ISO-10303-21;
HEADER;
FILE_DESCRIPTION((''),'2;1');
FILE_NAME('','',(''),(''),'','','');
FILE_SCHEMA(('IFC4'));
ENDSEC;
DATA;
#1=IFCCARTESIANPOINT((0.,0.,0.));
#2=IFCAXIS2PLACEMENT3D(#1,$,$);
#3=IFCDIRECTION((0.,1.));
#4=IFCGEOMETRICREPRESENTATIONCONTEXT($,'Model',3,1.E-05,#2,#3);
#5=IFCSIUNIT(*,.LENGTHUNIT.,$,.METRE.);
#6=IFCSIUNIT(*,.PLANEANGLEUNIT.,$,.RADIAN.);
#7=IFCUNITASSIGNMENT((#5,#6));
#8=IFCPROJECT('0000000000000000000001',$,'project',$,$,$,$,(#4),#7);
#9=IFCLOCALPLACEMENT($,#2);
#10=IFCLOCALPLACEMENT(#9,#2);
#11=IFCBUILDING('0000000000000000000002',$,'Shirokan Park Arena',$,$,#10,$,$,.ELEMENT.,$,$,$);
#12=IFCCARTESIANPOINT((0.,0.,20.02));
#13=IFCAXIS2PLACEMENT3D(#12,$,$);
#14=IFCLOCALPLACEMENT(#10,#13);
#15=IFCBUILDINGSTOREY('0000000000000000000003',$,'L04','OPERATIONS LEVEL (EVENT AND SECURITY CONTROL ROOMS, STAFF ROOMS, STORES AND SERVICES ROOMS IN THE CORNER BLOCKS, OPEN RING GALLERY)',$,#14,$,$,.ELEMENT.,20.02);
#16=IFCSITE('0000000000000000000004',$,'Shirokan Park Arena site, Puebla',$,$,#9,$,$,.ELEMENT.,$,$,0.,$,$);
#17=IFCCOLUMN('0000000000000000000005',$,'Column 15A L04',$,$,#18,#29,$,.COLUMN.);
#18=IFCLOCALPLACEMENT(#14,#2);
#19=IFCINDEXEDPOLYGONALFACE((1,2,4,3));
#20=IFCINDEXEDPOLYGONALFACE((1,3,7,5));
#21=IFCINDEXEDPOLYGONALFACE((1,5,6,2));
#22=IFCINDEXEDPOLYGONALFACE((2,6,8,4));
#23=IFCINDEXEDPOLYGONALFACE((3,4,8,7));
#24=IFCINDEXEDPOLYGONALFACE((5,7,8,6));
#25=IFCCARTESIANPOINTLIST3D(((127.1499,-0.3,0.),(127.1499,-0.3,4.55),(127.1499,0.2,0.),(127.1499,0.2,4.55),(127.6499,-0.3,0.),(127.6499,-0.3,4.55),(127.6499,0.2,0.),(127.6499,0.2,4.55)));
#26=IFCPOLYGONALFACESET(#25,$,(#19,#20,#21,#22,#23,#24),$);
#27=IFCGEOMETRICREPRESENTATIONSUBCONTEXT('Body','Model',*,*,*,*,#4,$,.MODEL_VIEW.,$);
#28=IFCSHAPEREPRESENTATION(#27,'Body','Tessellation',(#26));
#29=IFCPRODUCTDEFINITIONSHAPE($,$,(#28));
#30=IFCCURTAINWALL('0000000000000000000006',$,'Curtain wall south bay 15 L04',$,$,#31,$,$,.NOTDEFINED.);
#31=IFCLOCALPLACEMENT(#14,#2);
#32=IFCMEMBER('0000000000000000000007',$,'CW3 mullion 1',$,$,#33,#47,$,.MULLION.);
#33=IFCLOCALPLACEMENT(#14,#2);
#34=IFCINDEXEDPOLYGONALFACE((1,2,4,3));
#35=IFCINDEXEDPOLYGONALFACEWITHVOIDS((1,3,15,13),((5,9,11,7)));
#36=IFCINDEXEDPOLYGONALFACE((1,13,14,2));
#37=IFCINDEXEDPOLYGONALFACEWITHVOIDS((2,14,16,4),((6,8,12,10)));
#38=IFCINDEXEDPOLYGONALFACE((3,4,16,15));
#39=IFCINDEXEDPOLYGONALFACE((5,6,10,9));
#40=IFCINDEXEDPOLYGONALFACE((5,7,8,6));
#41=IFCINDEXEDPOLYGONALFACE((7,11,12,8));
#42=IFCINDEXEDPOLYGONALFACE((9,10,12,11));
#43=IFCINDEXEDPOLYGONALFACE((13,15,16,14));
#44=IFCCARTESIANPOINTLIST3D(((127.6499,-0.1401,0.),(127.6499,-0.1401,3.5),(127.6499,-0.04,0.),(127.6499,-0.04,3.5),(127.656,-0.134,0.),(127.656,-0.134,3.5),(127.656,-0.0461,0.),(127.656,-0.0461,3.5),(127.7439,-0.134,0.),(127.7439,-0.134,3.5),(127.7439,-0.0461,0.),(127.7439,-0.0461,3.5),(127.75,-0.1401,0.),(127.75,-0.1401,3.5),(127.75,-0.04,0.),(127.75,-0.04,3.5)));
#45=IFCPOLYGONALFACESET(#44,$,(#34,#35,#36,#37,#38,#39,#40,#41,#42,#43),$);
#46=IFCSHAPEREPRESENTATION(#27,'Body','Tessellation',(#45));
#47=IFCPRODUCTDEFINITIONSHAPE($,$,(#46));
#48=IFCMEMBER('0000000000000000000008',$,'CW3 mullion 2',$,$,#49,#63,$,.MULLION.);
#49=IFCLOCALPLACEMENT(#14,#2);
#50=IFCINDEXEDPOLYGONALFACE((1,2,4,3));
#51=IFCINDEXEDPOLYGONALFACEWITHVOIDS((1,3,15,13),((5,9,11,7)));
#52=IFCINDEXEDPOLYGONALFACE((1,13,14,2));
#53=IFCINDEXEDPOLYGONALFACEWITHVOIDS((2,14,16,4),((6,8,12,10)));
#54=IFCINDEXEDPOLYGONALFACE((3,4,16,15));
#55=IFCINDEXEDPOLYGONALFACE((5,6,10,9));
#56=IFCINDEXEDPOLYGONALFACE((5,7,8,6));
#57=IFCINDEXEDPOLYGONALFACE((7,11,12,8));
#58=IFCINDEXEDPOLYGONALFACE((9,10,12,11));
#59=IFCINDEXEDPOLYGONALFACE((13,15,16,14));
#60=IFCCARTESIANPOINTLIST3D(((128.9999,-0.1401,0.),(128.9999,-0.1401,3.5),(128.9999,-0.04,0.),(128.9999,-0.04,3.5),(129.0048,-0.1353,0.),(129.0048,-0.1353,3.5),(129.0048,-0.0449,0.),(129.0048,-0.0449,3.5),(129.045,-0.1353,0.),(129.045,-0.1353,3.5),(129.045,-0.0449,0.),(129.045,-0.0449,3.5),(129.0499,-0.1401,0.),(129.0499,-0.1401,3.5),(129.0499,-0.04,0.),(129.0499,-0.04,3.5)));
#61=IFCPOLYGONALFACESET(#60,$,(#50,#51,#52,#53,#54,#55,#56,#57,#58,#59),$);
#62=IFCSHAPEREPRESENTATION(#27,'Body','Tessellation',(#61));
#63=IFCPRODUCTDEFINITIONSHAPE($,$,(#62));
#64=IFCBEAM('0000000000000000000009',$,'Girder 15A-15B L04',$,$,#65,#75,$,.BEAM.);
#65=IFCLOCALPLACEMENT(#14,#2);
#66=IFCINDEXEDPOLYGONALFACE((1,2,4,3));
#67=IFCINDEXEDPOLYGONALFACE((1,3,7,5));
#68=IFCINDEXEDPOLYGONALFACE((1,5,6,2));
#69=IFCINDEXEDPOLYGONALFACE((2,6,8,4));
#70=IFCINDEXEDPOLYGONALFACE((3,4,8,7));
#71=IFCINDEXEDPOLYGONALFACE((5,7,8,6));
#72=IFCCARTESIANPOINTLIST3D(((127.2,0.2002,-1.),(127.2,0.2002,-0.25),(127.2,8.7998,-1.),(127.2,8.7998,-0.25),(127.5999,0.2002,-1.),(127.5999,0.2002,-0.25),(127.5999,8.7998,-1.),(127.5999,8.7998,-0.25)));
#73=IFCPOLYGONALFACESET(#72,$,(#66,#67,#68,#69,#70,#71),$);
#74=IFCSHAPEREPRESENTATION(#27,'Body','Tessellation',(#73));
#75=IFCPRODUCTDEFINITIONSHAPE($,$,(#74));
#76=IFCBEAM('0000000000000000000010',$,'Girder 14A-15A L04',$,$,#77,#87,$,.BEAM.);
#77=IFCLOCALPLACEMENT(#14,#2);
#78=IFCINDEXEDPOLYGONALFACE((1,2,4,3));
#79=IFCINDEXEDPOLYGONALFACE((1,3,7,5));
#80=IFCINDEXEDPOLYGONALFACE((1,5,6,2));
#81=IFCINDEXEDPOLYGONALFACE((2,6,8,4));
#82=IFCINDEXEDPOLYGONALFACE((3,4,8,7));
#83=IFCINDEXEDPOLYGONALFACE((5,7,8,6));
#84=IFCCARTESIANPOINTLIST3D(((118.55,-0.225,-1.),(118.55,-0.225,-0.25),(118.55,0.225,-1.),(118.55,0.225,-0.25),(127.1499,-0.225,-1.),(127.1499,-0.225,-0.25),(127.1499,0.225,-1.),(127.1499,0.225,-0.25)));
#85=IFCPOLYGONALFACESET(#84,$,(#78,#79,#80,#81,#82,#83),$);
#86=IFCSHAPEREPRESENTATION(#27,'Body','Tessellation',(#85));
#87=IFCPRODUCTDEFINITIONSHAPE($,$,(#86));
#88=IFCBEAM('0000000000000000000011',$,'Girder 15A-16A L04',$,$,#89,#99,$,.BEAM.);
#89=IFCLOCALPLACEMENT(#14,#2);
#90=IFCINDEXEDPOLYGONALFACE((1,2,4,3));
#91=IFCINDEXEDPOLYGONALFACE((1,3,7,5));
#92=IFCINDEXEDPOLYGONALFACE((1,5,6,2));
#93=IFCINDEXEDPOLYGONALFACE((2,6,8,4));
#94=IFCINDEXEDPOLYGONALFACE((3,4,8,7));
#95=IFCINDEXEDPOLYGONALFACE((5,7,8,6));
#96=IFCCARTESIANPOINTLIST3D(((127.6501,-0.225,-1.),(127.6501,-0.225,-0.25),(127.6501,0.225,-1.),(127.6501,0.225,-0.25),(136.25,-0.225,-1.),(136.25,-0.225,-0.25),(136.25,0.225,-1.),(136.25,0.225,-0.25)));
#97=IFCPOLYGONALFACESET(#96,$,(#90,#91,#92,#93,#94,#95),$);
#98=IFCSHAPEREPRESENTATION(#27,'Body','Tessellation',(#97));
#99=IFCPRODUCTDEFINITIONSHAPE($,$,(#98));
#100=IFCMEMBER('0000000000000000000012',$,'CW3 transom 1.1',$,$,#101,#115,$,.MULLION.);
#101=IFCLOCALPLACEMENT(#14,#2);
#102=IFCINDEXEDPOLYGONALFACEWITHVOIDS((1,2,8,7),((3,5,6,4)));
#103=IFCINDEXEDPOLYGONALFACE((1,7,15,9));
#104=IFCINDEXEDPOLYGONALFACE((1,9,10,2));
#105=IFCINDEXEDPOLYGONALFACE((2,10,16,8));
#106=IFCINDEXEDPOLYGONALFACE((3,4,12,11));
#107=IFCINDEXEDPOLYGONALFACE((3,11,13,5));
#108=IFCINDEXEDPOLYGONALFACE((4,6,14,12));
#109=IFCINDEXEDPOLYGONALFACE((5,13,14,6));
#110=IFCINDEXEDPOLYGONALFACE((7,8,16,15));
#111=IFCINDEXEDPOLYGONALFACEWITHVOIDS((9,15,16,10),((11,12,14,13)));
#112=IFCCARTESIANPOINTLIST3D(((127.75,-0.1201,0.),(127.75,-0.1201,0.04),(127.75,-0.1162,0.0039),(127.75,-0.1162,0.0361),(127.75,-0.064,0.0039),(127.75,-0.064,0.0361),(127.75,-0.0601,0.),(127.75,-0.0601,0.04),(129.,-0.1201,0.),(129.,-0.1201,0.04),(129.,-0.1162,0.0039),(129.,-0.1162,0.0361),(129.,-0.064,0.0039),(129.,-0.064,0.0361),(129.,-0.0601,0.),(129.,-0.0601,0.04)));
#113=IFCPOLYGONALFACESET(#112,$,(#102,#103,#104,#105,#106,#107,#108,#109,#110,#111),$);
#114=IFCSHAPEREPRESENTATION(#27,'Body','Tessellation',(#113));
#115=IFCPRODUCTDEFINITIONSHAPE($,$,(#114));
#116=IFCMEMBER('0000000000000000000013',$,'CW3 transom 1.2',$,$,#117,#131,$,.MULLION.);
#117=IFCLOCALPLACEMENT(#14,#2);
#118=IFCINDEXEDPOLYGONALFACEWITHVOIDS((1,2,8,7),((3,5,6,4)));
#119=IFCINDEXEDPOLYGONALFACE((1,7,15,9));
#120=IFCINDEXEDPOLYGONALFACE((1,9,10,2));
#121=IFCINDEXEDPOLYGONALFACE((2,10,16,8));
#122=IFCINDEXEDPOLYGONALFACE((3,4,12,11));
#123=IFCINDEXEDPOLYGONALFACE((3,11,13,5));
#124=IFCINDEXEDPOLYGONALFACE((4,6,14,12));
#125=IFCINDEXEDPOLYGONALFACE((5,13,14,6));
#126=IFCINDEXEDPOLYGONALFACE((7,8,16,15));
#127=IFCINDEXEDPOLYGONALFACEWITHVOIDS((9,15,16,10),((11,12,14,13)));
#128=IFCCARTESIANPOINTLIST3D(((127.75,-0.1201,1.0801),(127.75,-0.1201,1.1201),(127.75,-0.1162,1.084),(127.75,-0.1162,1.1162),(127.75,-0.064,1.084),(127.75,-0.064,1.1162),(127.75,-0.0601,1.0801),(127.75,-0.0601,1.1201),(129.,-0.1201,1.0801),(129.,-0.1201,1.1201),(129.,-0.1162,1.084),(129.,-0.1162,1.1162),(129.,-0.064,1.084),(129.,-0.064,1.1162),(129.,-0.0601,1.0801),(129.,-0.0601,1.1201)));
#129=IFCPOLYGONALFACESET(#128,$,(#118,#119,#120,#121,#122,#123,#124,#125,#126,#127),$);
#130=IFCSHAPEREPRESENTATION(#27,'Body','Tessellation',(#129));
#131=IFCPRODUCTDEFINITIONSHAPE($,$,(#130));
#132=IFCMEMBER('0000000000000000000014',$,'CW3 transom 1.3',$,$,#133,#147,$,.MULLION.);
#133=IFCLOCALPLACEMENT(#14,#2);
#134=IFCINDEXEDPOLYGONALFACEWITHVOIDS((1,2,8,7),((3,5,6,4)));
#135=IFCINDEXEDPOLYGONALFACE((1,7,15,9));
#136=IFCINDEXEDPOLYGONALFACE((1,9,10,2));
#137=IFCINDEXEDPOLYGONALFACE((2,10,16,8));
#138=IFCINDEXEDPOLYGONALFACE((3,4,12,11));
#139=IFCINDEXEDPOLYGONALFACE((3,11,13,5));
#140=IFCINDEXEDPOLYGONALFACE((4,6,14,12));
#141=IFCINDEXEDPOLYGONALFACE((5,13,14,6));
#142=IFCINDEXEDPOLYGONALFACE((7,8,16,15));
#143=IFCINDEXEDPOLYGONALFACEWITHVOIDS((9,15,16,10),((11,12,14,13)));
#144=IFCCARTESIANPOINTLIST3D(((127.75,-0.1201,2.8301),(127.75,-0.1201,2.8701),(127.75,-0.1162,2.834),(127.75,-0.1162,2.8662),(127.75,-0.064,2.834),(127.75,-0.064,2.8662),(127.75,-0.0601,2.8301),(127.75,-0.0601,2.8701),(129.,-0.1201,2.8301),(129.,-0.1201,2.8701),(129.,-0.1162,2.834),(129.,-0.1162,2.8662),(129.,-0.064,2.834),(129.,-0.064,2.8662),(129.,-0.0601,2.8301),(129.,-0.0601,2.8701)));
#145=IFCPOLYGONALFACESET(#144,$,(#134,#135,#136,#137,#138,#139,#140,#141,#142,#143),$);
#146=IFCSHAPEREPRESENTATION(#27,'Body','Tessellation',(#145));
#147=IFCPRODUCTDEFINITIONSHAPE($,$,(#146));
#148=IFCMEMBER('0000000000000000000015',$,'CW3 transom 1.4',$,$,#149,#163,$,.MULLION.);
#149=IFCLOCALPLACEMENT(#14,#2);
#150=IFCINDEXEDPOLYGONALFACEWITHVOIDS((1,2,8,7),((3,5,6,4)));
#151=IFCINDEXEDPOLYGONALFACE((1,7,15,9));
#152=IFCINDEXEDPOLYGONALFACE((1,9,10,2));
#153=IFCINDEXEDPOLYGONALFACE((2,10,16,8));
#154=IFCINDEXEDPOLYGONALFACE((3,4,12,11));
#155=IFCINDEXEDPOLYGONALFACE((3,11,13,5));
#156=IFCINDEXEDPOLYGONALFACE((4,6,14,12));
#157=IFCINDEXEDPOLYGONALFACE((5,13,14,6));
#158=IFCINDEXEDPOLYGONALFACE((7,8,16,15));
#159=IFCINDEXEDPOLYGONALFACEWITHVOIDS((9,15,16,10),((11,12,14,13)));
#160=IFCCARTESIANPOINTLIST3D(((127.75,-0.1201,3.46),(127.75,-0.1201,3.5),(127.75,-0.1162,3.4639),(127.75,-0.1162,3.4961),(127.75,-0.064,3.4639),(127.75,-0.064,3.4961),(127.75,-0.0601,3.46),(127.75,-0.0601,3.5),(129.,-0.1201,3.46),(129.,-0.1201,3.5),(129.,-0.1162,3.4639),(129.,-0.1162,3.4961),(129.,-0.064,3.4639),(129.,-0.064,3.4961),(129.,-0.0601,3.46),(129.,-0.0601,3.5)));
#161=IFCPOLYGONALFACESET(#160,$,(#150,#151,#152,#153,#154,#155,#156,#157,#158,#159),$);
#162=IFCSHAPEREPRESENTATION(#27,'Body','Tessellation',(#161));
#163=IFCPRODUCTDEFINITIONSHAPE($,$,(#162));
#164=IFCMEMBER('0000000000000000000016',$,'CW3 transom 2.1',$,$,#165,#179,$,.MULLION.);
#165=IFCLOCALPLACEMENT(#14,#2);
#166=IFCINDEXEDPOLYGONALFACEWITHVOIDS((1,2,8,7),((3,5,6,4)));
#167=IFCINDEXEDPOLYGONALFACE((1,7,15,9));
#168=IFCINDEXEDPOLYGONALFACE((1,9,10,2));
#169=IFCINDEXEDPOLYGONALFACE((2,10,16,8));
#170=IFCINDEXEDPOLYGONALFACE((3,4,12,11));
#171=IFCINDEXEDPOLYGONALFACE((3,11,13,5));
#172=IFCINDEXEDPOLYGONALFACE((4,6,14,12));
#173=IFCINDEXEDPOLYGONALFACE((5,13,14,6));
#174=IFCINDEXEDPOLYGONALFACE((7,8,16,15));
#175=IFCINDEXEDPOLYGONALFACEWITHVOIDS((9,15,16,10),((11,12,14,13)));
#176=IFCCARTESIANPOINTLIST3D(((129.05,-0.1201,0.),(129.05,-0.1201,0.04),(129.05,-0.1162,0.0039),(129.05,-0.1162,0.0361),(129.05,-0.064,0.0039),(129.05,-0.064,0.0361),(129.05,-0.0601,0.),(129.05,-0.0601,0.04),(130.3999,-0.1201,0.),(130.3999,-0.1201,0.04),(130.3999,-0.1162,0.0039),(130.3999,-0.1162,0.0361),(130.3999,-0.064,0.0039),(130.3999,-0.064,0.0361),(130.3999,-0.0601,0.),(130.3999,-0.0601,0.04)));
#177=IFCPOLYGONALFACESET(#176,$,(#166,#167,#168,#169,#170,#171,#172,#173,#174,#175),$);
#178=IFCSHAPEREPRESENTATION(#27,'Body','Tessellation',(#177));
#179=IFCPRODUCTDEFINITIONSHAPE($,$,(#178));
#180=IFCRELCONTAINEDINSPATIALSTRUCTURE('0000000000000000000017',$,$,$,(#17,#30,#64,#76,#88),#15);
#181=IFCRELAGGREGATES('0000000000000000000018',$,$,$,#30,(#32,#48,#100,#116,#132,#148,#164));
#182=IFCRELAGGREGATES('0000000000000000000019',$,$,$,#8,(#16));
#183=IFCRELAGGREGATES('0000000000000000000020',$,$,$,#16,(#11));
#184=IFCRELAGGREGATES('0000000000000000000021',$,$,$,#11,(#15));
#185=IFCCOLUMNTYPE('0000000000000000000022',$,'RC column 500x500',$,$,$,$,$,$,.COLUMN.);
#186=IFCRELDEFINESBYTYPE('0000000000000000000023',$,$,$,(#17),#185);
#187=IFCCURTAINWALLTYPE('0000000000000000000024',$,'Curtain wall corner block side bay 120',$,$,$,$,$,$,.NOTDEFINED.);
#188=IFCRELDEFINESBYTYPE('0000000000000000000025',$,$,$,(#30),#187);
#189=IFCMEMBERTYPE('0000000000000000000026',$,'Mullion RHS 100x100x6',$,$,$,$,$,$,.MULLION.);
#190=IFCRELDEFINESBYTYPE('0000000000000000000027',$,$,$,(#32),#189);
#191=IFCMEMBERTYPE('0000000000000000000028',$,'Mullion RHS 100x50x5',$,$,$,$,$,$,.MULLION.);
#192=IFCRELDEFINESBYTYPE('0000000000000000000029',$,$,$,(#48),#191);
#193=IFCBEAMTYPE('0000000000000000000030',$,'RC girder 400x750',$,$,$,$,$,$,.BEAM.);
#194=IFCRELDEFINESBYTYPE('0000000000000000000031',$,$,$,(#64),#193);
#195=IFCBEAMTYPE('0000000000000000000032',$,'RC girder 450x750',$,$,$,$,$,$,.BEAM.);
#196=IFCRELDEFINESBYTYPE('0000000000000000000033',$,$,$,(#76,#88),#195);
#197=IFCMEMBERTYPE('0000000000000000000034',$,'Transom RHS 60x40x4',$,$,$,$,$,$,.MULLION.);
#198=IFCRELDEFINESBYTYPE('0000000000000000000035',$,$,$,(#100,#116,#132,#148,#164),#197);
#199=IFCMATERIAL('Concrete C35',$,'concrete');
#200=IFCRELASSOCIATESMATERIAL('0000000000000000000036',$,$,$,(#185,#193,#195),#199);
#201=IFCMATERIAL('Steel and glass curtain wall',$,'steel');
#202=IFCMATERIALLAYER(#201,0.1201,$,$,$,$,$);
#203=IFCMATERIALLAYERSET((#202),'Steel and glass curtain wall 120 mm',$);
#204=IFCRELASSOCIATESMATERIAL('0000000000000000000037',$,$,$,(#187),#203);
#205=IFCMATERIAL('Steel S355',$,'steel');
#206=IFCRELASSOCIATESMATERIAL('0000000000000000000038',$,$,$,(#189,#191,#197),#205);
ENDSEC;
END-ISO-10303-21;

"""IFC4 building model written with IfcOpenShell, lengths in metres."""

from ifc_helpers import new_model, si_unit, direction, frame, origin, origin_2d, place, context, subcontext, project, spatial, rectangle, hollow_rectangle, extrude, material, layer, layer_set, material_profile, profile_set, type_object, element, aggregate, save


model = new_model("IFC4")

# Units and contexts
model_context = context("Model", 3, precision=1e-05, world=origin(), true_north=direction((0.0, 1.0)))
body_context = subcontext(model_context, "Body", "Model", "MODEL_VIEW")
ifc_project = project(units=[si_unit("LENGTHUNIT", "METRE"), si_unit("PLANEANGLEUNIT", "RADIAN")], contexts=[model_context])

# Site, building, storey
site_placement = place(None, origin())
site = spatial("IfcSite", under=ifc_project, at=site_placement, Name="Shirokan Park Arena site, Puebla", CompositionType="ELEMENT", RefElevation=0.0)
building_placement = place(site_placement, origin())
building = spatial("IfcBuilding", under=site, at=building_placement, Name="Shirokan Park Arena", CompositionType="ELEMENT")
storey_placement = place(building_placement, frame((0.0, 0.0, 20.02)))
storey = spatial("IfcBuildingStorey", under=building, at=storey_placement, Name="L04", Description="OPERATIONS LEVEL (EVENT AND SECURITY CONTROL ROOMS, STAFF ROOMS, STORES AND SERVICES ROOMS IN THE CORNER BLOCKS, OPEN RING GALLERY)", CompositionType="ELEMENT", Elevation=20.02)

# Column
ifc_material_1 = material(Name="Concrete C35", Category="concrete")
ifc_material_profile_1 = material_profile(ifc_material_1, rectangle(XDim=0.5, YDim=0.5, at=origin_2d()), Name="500x500")
ifc_profile_set_1 = profile_set([ifc_material_profile_1], Name="Concrete C35")
column_type = type_object("IfcColumnType", Name="RC column 500x500", PredefinedType="COLUMN", material=ifc_profile_set_1)
column_placement = place(storey_placement, frame((127.3999, -0.05, 0.0), z_axis=(0.0, 0.0, 1.0), x_axis=(1.0, 0.0, 0.0)))
element("IfcColumn", 1, at=column_placement, inside=storey, type_object=column_type, Name="Column 15A L04", PredefinedType="COLUMN", context=body_context, shape_type="SweptSolid", body=[
    extrude(rectangle(XDim=0.5, YDim=0.5, at=origin_2d()), origin(), (0.0, 0.0, 1.0), 4.55),
])

# Curtain wall, members
ifc_material_2 = material(Name="Steel and glass curtain wall", Category="steel")
ifc_layer_1 = layer(ifc_material_2, 0.1201)
ifc_layer_set_1 = layer_set([ifc_layer_1], Name="Steel and glass curtain wall 120 mm")
curtain_wall_type = type_object("IfcCurtainWallType", Name="Curtain wall corner block side bay 120", PredefinedType="NOTDEFINED", material=ifc_layer_set_1)
curtain_wall_placement = place(storey_placement, origin())
curtain_wall = element("IfcCurtainWall", 2, at=curtain_wall_placement, inside=storey, type_object=curtain_wall_type, Name="Curtain wall south bay 15 L04", PredefinedType="NOTDEFINED")
ifc_material_3 = material(Name="Steel S355", Category="steel")
ifc_material_profile_2 = material_profile(ifc_material_3, hollow_rectangle(XDim=0.1001, YDim=0.1001, WallThickness=0.0061, at=origin_2d()), Name="RHS 100x100x6")
ifc_profile_set_2 = profile_set([ifc_material_profile_2], Name="Steel S355")
member_type_1 = type_object("IfcMemberType", Name="Mullion RHS 100x100x6", PredefinedType="MULLION", material=ifc_profile_set_2)
member_1_placement = place(storey_placement, frame((127.7, -0.0901, 0.0), z_axis=(0.0, 0.0, 1.0), x_axis=(0.0, 1.0, 0.0)))
member_1 = element("IfcMember", 3, at=member_1_placement, type_object=member_type_1, Name="CW3 mullion 1", PredefinedType="MULLION", context=body_context, shape_type="SweptSolid", body=[
    extrude(hollow_rectangle(XDim=0.1001, YDim=0.1001, WallThickness=0.0061, at=origin_2d()), origin(), (0.0, 0.0, 1.0), 3.5),
])
ifc_material_profile_3 = material_profile(ifc_material_3, hollow_rectangle(XDim=0.1001, YDim=0.05, WallThickness=0.0049, at=origin_2d()), Name="RHS 100x50x5")
ifc_profile_set_3 = profile_set([ifc_material_profile_3], Name="Steel S355")
member_type_2 = type_object("IfcMemberType", Name="Mullion RHS 100x50x5", PredefinedType="MULLION", material=ifc_profile_set_3)
member_2_placement = place(storey_placement, frame((129.0249, -0.0901, 0.0), z_axis=(0.0, 0.0, 1.0), x_axis=(0.0, 1.0, 0.0)))
member_2 = element("IfcMember", 4, at=member_2_placement, type_object=member_type_2, Name="CW3 mullion 2", PredefinedType="MULLION", context=body_context, shape_type="SweptSolid", body=[
    extrude(hollow_rectangle(XDim=0.1001, YDim=0.05, WallThickness=0.0049, at=origin_2d()), origin(), (0.0, 0.0, 1.0), 3.5),
])

# Beams
ifc_material_profile_4 = material_profile(ifc_material_1, rectangle(XDim=0.3999, YDim=0.75, at=origin_2d()), Name="400x750")
ifc_profile_set_4 = profile_set([ifc_material_profile_4], Name="Concrete C35")
beam_type_1 = type_object("IfcBeamType", Name="RC girder 400x750", PredefinedType="BEAM", material=ifc_profile_set_4)
beam_placement = place(storey_placement, frame((127.3999, 0.2002, -0.625), z_axis=(0.0, 1.0, 0.0), x_axis=(-1.0, 0.0, 0.0)))
element("IfcBeam", 5, at=beam_placement, inside=storey, type_object=beam_type_1, Name="Girder 15A-15B L04", PredefinedType="BEAM", context=body_context, shape_type="SweptSolid", body=[
    extrude(rectangle(XDim=0.3999, YDim=0.75, at=origin_2d()), origin(), (0.0, 0.0, 1.0), 8.5996),
])
ifc_material_profile_5 = material_profile(ifc_material_1, rectangle(XDim=0.45, YDim=0.75, at=origin_2d()), Name="450x750")
ifc_profile_set_5 = profile_set([ifc_material_profile_5], Name="Concrete C35")
beam_type_2 = type_object("IfcBeamType", Name="RC girder 450x750", PredefinedType="BEAM", material=ifc_profile_set_5)
for number, where, z_axis, x_axis, name in (
    (6, (118.55, 0.0, -0.625), (1.0, 0.0, 0.0), (0.0, 1.0, 0.0), "Girder 14A-15A L04"),
    (7, (127.6501, 0.0, -0.625), (1.0, 0.0, 0.0), (0.0, 1.0, 0.0), "Girder 15A-16A L04"),
):
    element("IfcBeam", number, at=place(storey_placement, frame(where, z_axis=z_axis, x_axis=x_axis)), inside=storey, type_object=beam_type_2, Name=name, PredefinedType="BEAM", context=body_context, shape_type="SweptSolid", body=[
        extrude(rectangle(XDim=0.45, YDim=0.75, at=origin_2d()), origin(), (0.0, 0.0, 1.0), 8.5999),
    ])

# Members
ifc_material_profile_6 = material_profile(ifc_material_3, hollow_rectangle(XDim=0.0601, YDim=0.04, WallThickness=0.0039, at=origin_2d()), Name="RHS 60x40x4")
ifc_profile_set_6 = profile_set([ifc_material_profile_6], Name="Steel S355")
member_type_3 = type_object("IfcMemberType", Name="Transom RHS 60x40x4", PredefinedType="MULLION", material=ifc_profile_set_6)
member_3_placement = place(storey_placement, frame((127.75, -0.0901, 0.02), z_axis=(1.0, 0.0, 0.0), x_axis=(0.0, 1.0, 0.0)))
member_3 = element("IfcMember", 8, at=member_3_placement, type_object=member_type_3, Name="CW3 transom 1.1", PredefinedType="MULLION", context=body_context, shape_type="SweptSolid", body=[
    extrude(hollow_rectangle(XDim=0.0601, YDim=0.04, WallThickness=0.0039, at=origin_2d()), origin(), (0.0, 0.0, 1.0), 1.25),
])
member_4_placement = place(storey_placement, frame((127.75, -0.0901, 1.1001), z_axis=(1.0, 0.0, 0.0), x_axis=(0.0, 1.0, 0.0)))
member_4 = element("IfcMember", 9, at=member_4_placement, type_object=member_type_3, Name="CW3 transom 1.2", PredefinedType="MULLION", context=body_context, shape_type="SweptSolid", body=[
    extrude(hollow_rectangle(XDim=0.0601, YDim=0.04, WallThickness=0.0039, at=origin_2d()), origin(), (0.0, 0.0, 1.0), 1.25),
])
member_5_placement = place(storey_placement, frame((127.75, -0.0901, 2.8501), z_axis=(1.0, 0.0, 0.0), x_axis=(0.0, 1.0, 0.0)))
member_5 = element("IfcMember", 10, at=member_5_placement, type_object=member_type_3, Name="CW3 transom 1.3", PredefinedType="MULLION", context=body_context, shape_type="SweptSolid", body=[
    extrude(hollow_rectangle(XDim=0.0601, YDim=0.04, WallThickness=0.0039, at=origin_2d()), origin(), (0.0, 0.0, 1.0), 1.25),
])
member_6_placement = place(storey_placement, frame((127.75, -0.0901, 3.48), z_axis=(1.0, 0.0, 0.0), x_axis=(0.0, 1.0, 0.0)))
member_6 = element("IfcMember", 11, at=member_6_placement, type_object=member_type_3, Name="CW3 transom 1.4", PredefinedType="MULLION", context=body_context, shape_type="SweptSolid", body=[
    extrude(hollow_rectangle(XDim=0.0601, YDim=0.04, WallThickness=0.0039, at=origin_2d()), origin(), (0.0, 0.0, 1.0), 1.25),
])
member_7_placement = place(storey_placement, frame((129.05, -0.0901, 0.02), z_axis=(1.0, 0.0, 0.0), x_axis=(0.0, 1.0, 0.0)))
member_7 = element("IfcMember", 12, at=member_7_placement, type_object=member_type_3, Name="CW3 transom 2.1", PredefinedType="MULLION", context=body_context, shape_type="SweptSolid", body=[
    extrude(hollow_rectangle(XDim=0.0601, YDim=0.04, WallThickness=0.0039, at=origin_2d()), origin(), (0.0, 0.0, 1.0), 1.3499),
])

aggregate(curtain_wall, [member_1, member_2, member_3, member_4, member_5, member_6, member_7])

save(model, "model.ifc")
